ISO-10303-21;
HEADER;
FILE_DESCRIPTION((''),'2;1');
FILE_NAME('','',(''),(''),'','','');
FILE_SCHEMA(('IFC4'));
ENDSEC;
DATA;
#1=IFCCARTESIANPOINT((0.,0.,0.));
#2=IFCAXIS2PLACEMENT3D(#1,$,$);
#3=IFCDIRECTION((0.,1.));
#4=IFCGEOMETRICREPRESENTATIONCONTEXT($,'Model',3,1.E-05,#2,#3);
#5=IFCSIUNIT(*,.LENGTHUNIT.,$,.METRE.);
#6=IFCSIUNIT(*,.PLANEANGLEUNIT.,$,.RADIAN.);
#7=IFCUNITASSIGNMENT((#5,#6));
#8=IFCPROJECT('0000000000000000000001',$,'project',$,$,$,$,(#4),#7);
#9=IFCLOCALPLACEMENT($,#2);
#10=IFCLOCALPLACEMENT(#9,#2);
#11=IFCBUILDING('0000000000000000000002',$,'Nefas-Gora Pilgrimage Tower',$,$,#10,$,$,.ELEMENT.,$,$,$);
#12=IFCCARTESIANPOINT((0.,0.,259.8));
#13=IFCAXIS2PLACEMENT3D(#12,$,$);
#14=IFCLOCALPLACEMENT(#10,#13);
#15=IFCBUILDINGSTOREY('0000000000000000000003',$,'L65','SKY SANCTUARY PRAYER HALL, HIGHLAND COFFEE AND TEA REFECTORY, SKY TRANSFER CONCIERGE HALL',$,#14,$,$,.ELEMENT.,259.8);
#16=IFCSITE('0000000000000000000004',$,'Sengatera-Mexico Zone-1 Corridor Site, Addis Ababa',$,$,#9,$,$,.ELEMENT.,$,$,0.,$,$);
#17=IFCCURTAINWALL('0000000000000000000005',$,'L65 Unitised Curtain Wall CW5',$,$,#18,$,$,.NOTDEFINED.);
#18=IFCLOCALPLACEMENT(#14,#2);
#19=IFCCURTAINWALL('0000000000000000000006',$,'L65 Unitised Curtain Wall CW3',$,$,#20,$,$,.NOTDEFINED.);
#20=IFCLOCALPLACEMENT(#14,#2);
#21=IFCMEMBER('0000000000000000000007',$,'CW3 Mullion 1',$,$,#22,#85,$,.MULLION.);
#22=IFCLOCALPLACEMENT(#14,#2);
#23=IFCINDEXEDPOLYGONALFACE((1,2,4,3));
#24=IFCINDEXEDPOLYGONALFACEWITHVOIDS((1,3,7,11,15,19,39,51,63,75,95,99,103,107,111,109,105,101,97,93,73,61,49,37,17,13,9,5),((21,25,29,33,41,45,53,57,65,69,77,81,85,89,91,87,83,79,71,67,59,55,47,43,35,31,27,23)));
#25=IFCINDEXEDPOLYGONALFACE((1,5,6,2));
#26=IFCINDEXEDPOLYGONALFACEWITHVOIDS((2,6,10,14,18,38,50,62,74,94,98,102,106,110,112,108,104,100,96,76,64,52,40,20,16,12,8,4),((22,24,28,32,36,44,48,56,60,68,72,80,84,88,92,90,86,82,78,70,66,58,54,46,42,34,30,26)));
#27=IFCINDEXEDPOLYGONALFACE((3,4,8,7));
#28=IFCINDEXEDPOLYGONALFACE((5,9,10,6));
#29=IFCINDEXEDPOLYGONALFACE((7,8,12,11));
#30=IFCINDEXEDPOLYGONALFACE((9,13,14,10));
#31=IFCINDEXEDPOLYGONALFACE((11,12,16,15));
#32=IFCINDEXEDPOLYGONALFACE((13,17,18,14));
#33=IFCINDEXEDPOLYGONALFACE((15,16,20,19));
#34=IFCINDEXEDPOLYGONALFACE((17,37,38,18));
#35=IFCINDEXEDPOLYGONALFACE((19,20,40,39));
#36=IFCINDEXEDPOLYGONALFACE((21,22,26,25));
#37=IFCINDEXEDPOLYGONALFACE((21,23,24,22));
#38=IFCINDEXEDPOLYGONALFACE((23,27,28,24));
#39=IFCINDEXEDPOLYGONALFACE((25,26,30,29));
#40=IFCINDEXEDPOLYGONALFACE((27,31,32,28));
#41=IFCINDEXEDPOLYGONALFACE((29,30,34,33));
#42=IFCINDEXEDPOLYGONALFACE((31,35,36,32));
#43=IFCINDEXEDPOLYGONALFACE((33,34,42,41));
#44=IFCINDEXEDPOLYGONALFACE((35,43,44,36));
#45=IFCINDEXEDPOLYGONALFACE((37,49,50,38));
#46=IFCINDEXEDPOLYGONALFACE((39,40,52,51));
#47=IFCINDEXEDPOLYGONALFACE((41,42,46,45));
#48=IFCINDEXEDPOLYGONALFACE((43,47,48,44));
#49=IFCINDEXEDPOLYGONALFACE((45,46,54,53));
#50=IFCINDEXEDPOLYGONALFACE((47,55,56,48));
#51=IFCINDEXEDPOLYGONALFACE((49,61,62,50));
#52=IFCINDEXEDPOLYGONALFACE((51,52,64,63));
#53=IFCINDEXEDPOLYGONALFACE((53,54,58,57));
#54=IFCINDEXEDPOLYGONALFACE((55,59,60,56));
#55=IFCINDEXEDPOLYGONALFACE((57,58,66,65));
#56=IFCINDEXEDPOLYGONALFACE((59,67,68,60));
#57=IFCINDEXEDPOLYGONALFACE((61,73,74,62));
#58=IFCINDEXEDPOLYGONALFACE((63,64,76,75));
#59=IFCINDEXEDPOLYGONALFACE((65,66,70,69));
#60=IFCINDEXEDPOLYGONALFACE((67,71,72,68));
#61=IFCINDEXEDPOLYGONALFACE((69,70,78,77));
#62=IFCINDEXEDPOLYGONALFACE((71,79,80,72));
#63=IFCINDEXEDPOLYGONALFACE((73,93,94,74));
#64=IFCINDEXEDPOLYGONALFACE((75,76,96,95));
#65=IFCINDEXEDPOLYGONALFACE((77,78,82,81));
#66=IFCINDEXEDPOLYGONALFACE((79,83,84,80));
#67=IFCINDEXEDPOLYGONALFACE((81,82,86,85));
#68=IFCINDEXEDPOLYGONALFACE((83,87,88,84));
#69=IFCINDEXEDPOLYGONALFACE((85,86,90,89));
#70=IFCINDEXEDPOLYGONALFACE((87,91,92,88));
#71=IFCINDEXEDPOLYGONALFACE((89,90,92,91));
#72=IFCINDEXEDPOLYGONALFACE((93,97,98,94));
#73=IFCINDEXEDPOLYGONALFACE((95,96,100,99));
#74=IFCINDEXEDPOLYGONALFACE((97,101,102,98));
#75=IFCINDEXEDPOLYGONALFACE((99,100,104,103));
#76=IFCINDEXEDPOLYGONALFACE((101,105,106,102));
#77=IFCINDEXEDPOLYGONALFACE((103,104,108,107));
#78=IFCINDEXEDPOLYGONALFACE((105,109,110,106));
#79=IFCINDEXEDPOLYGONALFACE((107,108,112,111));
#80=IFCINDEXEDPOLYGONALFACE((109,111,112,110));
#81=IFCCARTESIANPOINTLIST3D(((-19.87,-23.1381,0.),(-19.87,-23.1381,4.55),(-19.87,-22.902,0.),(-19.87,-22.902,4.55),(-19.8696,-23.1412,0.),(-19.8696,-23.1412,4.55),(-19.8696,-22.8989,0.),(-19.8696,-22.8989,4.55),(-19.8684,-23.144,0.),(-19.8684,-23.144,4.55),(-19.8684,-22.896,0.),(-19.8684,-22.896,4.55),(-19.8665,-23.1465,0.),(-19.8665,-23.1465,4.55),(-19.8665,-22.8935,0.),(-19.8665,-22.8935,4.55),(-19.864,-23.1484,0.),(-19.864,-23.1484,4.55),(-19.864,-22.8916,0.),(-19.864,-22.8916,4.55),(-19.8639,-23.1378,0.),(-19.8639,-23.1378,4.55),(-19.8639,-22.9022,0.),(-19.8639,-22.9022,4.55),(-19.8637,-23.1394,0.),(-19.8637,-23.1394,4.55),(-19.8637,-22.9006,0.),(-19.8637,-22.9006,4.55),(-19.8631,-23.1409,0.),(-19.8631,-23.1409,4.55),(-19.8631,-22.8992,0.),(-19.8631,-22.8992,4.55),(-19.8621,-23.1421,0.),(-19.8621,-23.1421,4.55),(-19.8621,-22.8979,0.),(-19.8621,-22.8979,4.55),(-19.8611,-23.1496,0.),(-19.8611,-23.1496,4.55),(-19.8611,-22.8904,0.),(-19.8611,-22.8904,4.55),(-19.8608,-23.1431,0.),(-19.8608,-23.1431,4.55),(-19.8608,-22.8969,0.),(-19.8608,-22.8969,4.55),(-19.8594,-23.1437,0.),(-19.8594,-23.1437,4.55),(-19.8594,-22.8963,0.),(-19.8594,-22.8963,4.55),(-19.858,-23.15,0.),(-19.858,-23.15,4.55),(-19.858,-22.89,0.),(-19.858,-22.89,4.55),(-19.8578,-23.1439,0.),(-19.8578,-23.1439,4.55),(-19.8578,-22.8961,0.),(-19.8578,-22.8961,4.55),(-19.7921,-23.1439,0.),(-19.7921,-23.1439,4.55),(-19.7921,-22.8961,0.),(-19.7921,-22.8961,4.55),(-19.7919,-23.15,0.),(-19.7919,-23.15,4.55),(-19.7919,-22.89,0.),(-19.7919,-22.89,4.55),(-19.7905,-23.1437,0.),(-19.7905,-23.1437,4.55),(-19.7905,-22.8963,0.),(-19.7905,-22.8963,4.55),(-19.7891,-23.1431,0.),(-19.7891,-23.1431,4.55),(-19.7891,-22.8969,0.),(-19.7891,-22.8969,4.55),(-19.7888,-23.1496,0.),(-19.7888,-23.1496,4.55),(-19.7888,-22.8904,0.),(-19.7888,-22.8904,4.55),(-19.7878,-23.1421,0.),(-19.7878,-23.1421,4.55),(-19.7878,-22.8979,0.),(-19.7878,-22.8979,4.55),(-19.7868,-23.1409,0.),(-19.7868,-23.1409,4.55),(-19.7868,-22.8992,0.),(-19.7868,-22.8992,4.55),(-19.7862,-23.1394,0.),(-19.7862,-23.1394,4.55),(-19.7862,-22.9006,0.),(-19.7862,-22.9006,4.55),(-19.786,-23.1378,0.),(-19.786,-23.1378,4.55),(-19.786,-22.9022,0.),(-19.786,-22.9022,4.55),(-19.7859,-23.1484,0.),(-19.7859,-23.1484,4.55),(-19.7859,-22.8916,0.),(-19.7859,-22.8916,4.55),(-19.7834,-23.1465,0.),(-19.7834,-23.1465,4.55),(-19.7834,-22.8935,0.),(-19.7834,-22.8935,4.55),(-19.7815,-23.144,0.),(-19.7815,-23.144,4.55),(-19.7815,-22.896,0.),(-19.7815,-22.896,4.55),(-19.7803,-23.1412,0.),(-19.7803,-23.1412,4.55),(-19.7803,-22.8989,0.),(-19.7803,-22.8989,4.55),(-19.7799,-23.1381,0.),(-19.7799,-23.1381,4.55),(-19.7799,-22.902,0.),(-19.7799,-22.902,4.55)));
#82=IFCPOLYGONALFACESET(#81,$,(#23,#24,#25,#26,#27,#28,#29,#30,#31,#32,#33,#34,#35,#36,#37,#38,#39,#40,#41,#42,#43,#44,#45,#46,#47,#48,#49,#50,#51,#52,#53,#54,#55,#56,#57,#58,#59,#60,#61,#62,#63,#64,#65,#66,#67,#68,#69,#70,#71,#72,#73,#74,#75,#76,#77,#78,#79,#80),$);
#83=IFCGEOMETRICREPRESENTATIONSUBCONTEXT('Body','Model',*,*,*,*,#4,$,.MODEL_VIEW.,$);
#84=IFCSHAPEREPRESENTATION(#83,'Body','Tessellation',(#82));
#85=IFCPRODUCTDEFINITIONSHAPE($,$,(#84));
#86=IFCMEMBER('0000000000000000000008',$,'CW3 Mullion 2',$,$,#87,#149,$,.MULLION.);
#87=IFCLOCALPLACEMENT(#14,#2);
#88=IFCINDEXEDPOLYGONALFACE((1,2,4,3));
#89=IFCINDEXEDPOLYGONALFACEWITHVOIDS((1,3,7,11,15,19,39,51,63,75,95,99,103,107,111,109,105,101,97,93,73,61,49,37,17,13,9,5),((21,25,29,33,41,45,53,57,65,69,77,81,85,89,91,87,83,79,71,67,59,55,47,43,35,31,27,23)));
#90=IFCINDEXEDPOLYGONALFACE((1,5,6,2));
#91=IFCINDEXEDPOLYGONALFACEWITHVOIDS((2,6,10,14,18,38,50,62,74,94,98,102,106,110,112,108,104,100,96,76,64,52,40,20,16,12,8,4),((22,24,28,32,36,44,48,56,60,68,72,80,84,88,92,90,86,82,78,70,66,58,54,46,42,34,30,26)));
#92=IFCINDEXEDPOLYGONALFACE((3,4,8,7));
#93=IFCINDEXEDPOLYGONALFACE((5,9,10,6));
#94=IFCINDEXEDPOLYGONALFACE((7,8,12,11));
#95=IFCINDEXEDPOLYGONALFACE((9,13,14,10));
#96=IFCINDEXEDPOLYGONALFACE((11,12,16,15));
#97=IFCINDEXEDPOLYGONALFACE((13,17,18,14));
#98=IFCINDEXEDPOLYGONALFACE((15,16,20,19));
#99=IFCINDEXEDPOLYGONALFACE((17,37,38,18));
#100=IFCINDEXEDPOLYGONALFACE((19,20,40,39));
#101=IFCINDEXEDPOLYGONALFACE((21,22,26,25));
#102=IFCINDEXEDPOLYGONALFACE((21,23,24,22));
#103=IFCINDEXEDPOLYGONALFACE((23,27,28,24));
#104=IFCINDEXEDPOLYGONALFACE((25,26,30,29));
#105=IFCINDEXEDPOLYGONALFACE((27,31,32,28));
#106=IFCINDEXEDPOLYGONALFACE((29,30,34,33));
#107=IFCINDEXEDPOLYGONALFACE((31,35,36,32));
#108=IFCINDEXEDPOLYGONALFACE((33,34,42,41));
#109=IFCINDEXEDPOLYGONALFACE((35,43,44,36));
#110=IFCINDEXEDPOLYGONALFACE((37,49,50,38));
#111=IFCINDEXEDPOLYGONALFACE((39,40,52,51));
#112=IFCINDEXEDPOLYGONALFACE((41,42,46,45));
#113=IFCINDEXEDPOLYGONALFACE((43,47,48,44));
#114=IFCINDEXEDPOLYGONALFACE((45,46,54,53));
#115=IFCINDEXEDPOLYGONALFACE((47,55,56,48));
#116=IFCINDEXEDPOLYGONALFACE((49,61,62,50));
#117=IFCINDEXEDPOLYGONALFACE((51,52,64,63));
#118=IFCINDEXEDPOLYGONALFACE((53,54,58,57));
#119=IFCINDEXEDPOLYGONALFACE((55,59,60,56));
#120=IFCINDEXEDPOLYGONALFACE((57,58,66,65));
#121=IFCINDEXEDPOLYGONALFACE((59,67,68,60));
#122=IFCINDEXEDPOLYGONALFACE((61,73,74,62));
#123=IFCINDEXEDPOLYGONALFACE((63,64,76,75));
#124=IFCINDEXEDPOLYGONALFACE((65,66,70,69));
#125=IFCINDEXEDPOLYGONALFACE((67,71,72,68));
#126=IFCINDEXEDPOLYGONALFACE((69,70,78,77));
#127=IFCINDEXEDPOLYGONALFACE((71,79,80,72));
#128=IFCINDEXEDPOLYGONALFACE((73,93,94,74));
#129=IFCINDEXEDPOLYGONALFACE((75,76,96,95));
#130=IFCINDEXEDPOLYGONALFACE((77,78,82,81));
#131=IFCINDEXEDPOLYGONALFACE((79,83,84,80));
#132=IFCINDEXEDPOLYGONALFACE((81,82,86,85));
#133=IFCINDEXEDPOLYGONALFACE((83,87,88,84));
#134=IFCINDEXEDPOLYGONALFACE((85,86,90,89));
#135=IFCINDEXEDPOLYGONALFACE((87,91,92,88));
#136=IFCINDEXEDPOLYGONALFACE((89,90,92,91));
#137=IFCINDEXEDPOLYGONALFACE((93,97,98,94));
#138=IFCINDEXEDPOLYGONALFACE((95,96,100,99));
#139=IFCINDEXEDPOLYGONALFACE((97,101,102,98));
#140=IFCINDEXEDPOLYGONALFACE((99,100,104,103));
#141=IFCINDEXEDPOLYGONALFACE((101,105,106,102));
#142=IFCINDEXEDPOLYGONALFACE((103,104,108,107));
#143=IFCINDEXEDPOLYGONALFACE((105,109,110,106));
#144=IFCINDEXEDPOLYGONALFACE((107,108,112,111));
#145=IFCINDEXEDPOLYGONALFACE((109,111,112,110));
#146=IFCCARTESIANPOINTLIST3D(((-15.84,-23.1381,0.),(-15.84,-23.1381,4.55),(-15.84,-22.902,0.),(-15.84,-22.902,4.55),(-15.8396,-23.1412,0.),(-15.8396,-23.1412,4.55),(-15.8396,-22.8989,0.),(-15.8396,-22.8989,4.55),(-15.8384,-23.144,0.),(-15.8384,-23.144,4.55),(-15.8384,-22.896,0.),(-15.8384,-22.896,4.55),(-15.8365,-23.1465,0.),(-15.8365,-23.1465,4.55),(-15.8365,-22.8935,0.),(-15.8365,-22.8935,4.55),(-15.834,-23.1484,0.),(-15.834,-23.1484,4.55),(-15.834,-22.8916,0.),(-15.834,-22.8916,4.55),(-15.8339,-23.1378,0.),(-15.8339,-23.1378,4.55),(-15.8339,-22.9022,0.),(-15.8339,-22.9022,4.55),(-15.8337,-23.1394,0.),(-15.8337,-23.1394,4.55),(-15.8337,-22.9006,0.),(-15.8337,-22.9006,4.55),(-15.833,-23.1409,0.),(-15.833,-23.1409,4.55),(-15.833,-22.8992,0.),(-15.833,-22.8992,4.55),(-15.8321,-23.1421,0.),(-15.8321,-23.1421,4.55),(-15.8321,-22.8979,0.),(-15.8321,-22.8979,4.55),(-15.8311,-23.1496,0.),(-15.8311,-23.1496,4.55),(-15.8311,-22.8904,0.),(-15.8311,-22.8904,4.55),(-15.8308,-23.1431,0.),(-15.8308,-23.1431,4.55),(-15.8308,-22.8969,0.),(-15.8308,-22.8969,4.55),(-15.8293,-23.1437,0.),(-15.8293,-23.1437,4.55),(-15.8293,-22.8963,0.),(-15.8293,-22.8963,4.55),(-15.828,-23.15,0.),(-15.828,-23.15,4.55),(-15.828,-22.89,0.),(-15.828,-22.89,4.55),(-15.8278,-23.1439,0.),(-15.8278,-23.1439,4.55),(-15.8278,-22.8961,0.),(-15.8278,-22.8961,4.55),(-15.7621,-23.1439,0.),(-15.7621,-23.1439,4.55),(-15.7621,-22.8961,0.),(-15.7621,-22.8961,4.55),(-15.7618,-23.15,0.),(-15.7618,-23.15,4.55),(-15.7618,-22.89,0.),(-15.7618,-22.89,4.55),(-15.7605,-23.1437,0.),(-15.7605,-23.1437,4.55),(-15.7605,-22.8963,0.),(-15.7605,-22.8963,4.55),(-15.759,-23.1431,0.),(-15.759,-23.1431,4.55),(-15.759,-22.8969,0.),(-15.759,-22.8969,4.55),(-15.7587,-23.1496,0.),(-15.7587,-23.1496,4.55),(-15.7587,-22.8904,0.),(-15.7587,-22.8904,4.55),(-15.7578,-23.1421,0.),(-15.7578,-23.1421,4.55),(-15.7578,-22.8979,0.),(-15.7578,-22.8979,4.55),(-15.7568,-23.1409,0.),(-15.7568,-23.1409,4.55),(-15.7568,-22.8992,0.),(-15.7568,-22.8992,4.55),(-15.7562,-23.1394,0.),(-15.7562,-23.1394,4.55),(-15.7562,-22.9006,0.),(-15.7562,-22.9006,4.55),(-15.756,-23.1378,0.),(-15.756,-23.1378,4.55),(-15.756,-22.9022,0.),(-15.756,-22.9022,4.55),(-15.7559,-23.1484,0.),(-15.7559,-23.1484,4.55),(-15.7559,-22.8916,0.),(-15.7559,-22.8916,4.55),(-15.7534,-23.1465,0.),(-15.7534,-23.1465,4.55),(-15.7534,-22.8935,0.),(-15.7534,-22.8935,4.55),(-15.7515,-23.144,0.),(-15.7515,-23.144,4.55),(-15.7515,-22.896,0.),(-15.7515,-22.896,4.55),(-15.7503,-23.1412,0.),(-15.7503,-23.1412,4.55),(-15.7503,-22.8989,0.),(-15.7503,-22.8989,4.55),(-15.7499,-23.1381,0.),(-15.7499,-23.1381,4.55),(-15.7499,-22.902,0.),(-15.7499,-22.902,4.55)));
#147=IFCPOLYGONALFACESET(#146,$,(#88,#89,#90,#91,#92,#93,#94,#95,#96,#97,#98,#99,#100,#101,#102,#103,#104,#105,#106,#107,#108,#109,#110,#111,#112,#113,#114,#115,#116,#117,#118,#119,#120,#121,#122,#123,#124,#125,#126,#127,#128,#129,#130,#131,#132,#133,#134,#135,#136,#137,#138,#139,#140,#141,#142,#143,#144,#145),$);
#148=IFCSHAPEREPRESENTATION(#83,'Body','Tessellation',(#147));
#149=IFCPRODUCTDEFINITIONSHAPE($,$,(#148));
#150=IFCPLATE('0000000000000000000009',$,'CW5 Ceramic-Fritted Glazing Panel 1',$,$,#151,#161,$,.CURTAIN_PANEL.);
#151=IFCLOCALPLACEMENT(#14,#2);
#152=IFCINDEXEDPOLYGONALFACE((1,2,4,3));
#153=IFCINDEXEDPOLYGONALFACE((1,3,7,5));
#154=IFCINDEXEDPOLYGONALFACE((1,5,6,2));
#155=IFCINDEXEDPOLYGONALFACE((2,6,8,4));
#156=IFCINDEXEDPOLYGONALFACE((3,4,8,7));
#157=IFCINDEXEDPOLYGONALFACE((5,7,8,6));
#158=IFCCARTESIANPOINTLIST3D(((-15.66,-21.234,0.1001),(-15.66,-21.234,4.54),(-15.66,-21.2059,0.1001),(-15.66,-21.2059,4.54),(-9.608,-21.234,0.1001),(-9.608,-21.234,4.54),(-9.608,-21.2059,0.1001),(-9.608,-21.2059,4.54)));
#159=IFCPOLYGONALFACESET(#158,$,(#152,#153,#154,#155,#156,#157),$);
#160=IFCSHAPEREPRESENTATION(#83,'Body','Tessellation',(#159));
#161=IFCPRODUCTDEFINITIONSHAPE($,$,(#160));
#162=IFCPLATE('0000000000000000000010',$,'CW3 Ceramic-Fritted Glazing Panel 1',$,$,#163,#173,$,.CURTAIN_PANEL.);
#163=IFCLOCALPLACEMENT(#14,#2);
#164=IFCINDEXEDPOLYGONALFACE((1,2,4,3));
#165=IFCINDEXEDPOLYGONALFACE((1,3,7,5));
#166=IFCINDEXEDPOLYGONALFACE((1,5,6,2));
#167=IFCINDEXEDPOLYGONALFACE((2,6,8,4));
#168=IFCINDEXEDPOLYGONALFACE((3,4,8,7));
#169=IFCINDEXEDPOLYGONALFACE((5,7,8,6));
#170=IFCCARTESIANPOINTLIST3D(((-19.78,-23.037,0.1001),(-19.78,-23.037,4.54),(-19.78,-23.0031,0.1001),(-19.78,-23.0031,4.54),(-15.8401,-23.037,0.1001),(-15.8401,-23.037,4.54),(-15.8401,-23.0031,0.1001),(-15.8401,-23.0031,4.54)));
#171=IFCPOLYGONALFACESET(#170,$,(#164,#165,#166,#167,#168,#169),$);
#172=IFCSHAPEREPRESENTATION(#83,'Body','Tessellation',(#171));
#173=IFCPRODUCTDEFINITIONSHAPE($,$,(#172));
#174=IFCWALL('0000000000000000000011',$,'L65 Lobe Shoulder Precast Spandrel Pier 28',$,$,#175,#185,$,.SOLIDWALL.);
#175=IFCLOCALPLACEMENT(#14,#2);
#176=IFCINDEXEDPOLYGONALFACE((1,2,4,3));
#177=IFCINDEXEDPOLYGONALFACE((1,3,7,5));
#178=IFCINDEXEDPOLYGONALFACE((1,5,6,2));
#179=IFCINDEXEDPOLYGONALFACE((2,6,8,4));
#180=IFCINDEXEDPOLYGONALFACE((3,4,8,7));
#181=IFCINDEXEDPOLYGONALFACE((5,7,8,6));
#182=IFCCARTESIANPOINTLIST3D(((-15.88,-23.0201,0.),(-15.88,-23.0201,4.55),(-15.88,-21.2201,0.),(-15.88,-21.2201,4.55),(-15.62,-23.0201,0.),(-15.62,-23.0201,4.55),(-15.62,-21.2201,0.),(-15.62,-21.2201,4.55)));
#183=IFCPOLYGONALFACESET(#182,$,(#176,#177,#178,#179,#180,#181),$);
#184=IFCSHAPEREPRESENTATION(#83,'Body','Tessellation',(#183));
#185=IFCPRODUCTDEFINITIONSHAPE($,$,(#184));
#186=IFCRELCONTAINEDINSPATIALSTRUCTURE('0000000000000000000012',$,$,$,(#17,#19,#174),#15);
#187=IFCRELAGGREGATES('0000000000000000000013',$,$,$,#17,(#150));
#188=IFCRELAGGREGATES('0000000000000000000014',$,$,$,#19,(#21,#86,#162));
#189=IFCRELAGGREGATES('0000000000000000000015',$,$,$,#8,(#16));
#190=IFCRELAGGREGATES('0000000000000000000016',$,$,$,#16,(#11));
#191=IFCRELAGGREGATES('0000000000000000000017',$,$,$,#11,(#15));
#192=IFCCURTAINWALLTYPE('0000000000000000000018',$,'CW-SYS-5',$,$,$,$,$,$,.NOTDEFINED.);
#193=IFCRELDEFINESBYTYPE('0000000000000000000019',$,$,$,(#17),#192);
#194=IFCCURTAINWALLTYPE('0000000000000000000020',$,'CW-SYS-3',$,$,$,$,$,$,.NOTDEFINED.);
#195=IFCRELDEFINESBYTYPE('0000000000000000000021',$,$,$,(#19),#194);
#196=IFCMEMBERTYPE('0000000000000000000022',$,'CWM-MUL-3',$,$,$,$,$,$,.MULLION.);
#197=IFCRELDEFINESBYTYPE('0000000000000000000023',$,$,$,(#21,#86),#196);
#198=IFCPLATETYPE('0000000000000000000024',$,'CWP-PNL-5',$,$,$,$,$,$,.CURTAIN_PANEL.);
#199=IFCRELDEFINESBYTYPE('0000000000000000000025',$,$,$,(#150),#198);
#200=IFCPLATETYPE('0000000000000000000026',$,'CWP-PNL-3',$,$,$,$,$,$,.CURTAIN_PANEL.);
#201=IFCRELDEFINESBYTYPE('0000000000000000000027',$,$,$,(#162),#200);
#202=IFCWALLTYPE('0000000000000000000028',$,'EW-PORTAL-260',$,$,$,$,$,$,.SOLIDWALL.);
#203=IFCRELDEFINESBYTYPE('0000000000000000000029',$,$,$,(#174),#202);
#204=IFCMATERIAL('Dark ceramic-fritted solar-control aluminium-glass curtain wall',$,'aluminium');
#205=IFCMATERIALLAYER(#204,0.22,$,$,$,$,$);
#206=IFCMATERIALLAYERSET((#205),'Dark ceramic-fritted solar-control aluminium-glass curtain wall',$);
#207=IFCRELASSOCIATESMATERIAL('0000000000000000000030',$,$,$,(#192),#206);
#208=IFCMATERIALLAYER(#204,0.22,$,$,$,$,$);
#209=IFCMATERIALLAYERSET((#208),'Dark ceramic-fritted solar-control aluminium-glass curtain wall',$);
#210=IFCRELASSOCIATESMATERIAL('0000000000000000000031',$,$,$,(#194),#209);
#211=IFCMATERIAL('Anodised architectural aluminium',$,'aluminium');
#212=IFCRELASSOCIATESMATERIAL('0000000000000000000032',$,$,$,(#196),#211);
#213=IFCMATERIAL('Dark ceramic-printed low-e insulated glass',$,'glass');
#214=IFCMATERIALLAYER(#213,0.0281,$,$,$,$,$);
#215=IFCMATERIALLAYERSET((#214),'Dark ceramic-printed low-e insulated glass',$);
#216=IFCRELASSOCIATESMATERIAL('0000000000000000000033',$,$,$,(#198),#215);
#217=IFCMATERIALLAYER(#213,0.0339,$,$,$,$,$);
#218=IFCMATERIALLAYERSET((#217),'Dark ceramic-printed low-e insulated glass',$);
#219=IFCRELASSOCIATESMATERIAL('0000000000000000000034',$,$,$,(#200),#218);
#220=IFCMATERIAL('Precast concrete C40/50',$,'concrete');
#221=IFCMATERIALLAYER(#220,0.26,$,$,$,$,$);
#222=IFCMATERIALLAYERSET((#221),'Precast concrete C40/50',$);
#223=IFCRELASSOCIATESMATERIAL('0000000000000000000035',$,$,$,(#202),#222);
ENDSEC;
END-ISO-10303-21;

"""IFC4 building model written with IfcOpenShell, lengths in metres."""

from ifc_helpers import new_model, si_unit, direction, frame, frame_2d, origin, origin_2d, place, context, subcontext, project, spatial, rectangle, hollow_rectangle, extrude, source, transform, mapped, material, layer, layer_set, material_profile, profile_set, type_object, element, aggregate, save


model = new_model("IFC4")

# Units and contexts
model_context = context("Model", 3, precision=1e-05, world=origin(), true_north=direction((0.0, 1.0)))
body_context = subcontext(model_context, "Body", "Model", "MODEL_VIEW")
ifc_project = project(units=[si_unit("LENGTHUNIT", "METRE"), si_unit("PLANEANGLEUNIT", "RADIAN")], contexts=[model_context])

# Site, building, storey
site_placement = place(None, origin())
site = spatial("IfcSite", under=ifc_project, at=site_placement, Name="Sengatera-Mexico Zone-1 Corridor Site, Addis Ababa", CompositionType="ELEMENT", RefElevation=0.0)
building_placement = place(site_placement, origin())
building = spatial("IfcBuilding", under=site, at=building_placement, Name="Nefas-Gora Pilgrimage Tower", CompositionType="ELEMENT")
storey_placement = place(building_placement, frame((0.0, 0.0, 259.8)))
storey = spatial("IfcBuildingStorey", under=building, at=storey_placement, Name="L65", Description="SKY SANCTUARY PRAYER HALL, HIGHLAND COFFEE AND TEA REFECTORY, SKY TRANSFER CONCIERGE HALL", CompositionType="ELEMENT", Elevation=259.8)

# Curtain wall
ifc_material_1 = material(Name="Dark ceramic-fritted solar-control aluminium-glass curtain wall", Category="aluminium")
ifc_layer_1 = layer(ifc_material_1, 0.22)
ifc_layer_set_1 = layer_set([ifc_layer_1], Name="Dark ceramic-fritted solar-control aluminium-glass curtain wall")
curtain_wall_type_1 = type_object("IfcCurtainWallType", Name="CW-SYS-5", PredefinedType="NOTDEFINED", material=ifc_layer_set_1)
curtain_wall_1_placement = place(storey_placement, origin())
curtain_wall_1 = element("IfcCurtainWall", 1, at=curtain_wall_1_placement, inside=storey, type_object=curtain_wall_type_1, Name="L65 Unitised Curtain Wall CW5", PredefinedType="NOTDEFINED")
ifc_material_2 = material(Name="Anodised architectural aluminium", Category="aluminium")

# Curtain wall
ifc_layer_2 = layer(ifc_material_1, 0.22)
ifc_layer_set_2 = layer_set([ifc_layer_2], Name="Dark ceramic-fritted solar-control aluminium-glass curtain wall")
curtain_wall_type_2 = type_object("IfcCurtainWallType", Name="CW-SYS-3", PredefinedType="NOTDEFINED", material=ifc_layer_set_2)
curtain_wall_2_placement = place(storey_placement, origin())
curtain_wall_2 = element("IfcCurtainWall", 2, at=curtain_wall_2_placement, inside=storey, type_object=curtain_wall_type_2, Name="L65 Unitised Curtain Wall CW3", PredefinedType="NOTDEFINED")
ifc_material_profile_1 = material_profile(ifc_material_2, hollow_rectangle(XDim=0.0901, YDim=0.26, WallThickness=0.0061, InnerFilletRadius=0.0061, OuterFilletRadius=0.012, at=origin_2d()), Name="ALU MULLION 90x260")
ifc_profile_set_1 = profile_set([ifc_material_profile_1], Name="Anodised architectural aluminium")
member_type_1 = type_object("IfcMemberType", Name="CWM-MUL-3", PredefinedType="MULLION", material=ifc_profile_set_1)
shared_shape_1 = source(origin(), body_context, "Body", "SweptSolid", [
    extrude(hollow_rectangle(XDim=0.0901, YDim=0.26, WallThickness=0.0061, InnerFilletRadius=0.0061, OuterFilletRadius=0.012, at=origin_2d()), origin(), (0.0, 0.0, 1.0), 4.55),
])

# Members
member_1_placement = place(storey_placement, frame((-19.825, -23.02, 0.0), z_axis=(0.0, 0.0, 1.0), x_axis=(1.0, 0.0, 0.0)))
member_1 = element("IfcMember", 3, at=member_1_placement, type_object=member_type_1, Name="CW3 Mullion 1", PredefinedType="MULLION", context=body_context, shape_type="MappedRepresentation", body=[
    mapped(shared_shape_1, transform((0.0, 0.0, 0.0), x_axis=(1.0, 0.0, 0.0), y_axis=(0.0, 1.0, 0.0), z_axis=(0.0, 0.0, 1.0), scale=1.0)),
])
member_2_placement = place(storey_placement, frame((-15.7949, -23.02, 0.0), z_axis=(0.0, 0.0, 1.0), x_axis=(1.0, 0.0, 0.0)))
member_2 = element("IfcMember", 4, at=member_2_placement, type_object=member_type_1, Name="CW3 Mullion 2", PredefinedType="MULLION", context=body_context, shape_type="MappedRepresentation", body=[
    mapped(shared_shape_1, transform((0.0, 0.0, 0.0), x_axis=(1.0, 0.0, 0.0), y_axis=(0.0, 1.0, 0.0), z_axis=(0.0, 0.0, 1.0), scale=1.0)),
])

# Plates
ifc_material_3 = material(Name="Dark ceramic-printed low-e insulated glass", Category="glass")
ifc_layer_3 = layer(ifc_material_3, 0.0281)
ifc_layer_set_3 = layer_set([ifc_layer_3], Name="Dark ceramic-printed low-e insulated glass")
plate_type_1 = type_object("IfcPlateType", Name="CWP-PNL-5", PredefinedType="CURTAIN_PANEL", material=ifc_layer_set_3)
shared_shape_2 = source(origin(), body_context, "Body", "SweptSolid", [
    extrude(rectangle(XDim=6.052, YDim=0.0281, at=origin_2d()), origin(), (0.0, 0.0, 1.0), 4.4399),
])
plate_1_placement = place(storey_placement, frame((-12.634, -21.22, 0.1001), z_axis=(0.0, 0.0, 1.0), x_axis=(1.0, 0.0, 0.0)))
plate_1 = element("IfcPlate", 5, at=plate_1_placement, type_object=plate_type_1, Name="CW5 Ceramic-Fritted Glazing Panel 1", PredefinedType="CURTAIN_PANEL", context=body_context, shape_type="MappedRepresentation", body=[
    mapped(shared_shape_2, transform((0.0, 0.0, 0.0), x_axis=(1.0, 0.0, 0.0), y_axis=(0.0, 1.0, 0.0), z_axis=(0.0, 0.0, 1.0), scale=1.0)),
])
aggregate(curtain_wall_1, [plate_1])
ifc_layer_4 = layer(ifc_material_3, 0.0339)
ifc_layer_set_4 = layer_set([ifc_layer_4], Name="Dark ceramic-printed low-e insulated glass")
plate_type_2 = type_object("IfcPlateType", Name="CWP-PNL-3", PredefinedType="CURTAIN_PANEL", material=ifc_layer_set_4)
shared_shape_3 = source(origin(), body_context, "Body", "SweptSolid", [
    extrude(rectangle(XDim=3.9399, YDim=0.0339, at=origin_2d()), origin(), (0.0, 0.0, 1.0), 4.4399),
])
plate_2_placement = place(storey_placement, frame((-17.8101, -23.02, 0.1001), z_axis=(0.0, 0.0, 1.0), x_axis=(1.0, 0.0, 0.0)))
plate_2 = element("IfcPlate", 6, at=plate_2_placement, type_object=plate_type_2, Name="CW3 Ceramic-Fritted Glazing Panel 1", PredefinedType="CURTAIN_PANEL", context=body_context, shape_type="MappedRepresentation", body=[
    mapped(shared_shape_3, transform((0.0, 0.0, 0.0), x_axis=(1.0, 0.0, 0.0), y_axis=(0.0, 1.0, 0.0), z_axis=(0.0, 0.0, 1.0), scale=1.0)),
])
aggregate(curtain_wall_2, [member_1, member_2, plate_2])

# Wall
ifc_material_4 = material(Name="Precast concrete C40/50", Category="concrete")
ifc_layer_5 = layer(ifc_material_4, 0.26)
ifc_layer_set_5 = layer_set([ifc_layer_5], Name="Precast concrete C40/50")
wall_type_1 = type_object("IfcWallType", Name="EW-PORTAL-260", PredefinedType="SOLIDWALL", material=ifc_layer_set_5)
shared_shape_4 = source(origin(), body_context, "Body", "SweptSolid", [
    extrude(rectangle(XDim=1.8, YDim=0.26, at=frame_2d((0.8999, 0.0))), origin(), (0.0, 0.0, 1.0), 4.55),
])
wall_1_placement = place(storey_placement, frame((-15.75, -23.02, 0.0), z_axis=(0.0, 0.0, 1.0), x_axis=(0.0, 1.0, 0.0)))
element("IfcWall", 7, at=wall_1_placement, inside=storey, type_object=wall_type_1, Name="L65 Lobe Shoulder Precast Spandrel Pier 28", PredefinedType="SOLIDWALL", context=body_context, shape_type="MappedRepresentation", body=[
    mapped(shared_shape_4, transform((0.0, 0.0, 0.0), x_axis=(1.0, 0.0, 0.0), y_axis=(0.0, 1.0, 0.0), z_axis=(0.0, 0.0, 1.0), scale=1.0)),
])

save(model, "model.ifc")
